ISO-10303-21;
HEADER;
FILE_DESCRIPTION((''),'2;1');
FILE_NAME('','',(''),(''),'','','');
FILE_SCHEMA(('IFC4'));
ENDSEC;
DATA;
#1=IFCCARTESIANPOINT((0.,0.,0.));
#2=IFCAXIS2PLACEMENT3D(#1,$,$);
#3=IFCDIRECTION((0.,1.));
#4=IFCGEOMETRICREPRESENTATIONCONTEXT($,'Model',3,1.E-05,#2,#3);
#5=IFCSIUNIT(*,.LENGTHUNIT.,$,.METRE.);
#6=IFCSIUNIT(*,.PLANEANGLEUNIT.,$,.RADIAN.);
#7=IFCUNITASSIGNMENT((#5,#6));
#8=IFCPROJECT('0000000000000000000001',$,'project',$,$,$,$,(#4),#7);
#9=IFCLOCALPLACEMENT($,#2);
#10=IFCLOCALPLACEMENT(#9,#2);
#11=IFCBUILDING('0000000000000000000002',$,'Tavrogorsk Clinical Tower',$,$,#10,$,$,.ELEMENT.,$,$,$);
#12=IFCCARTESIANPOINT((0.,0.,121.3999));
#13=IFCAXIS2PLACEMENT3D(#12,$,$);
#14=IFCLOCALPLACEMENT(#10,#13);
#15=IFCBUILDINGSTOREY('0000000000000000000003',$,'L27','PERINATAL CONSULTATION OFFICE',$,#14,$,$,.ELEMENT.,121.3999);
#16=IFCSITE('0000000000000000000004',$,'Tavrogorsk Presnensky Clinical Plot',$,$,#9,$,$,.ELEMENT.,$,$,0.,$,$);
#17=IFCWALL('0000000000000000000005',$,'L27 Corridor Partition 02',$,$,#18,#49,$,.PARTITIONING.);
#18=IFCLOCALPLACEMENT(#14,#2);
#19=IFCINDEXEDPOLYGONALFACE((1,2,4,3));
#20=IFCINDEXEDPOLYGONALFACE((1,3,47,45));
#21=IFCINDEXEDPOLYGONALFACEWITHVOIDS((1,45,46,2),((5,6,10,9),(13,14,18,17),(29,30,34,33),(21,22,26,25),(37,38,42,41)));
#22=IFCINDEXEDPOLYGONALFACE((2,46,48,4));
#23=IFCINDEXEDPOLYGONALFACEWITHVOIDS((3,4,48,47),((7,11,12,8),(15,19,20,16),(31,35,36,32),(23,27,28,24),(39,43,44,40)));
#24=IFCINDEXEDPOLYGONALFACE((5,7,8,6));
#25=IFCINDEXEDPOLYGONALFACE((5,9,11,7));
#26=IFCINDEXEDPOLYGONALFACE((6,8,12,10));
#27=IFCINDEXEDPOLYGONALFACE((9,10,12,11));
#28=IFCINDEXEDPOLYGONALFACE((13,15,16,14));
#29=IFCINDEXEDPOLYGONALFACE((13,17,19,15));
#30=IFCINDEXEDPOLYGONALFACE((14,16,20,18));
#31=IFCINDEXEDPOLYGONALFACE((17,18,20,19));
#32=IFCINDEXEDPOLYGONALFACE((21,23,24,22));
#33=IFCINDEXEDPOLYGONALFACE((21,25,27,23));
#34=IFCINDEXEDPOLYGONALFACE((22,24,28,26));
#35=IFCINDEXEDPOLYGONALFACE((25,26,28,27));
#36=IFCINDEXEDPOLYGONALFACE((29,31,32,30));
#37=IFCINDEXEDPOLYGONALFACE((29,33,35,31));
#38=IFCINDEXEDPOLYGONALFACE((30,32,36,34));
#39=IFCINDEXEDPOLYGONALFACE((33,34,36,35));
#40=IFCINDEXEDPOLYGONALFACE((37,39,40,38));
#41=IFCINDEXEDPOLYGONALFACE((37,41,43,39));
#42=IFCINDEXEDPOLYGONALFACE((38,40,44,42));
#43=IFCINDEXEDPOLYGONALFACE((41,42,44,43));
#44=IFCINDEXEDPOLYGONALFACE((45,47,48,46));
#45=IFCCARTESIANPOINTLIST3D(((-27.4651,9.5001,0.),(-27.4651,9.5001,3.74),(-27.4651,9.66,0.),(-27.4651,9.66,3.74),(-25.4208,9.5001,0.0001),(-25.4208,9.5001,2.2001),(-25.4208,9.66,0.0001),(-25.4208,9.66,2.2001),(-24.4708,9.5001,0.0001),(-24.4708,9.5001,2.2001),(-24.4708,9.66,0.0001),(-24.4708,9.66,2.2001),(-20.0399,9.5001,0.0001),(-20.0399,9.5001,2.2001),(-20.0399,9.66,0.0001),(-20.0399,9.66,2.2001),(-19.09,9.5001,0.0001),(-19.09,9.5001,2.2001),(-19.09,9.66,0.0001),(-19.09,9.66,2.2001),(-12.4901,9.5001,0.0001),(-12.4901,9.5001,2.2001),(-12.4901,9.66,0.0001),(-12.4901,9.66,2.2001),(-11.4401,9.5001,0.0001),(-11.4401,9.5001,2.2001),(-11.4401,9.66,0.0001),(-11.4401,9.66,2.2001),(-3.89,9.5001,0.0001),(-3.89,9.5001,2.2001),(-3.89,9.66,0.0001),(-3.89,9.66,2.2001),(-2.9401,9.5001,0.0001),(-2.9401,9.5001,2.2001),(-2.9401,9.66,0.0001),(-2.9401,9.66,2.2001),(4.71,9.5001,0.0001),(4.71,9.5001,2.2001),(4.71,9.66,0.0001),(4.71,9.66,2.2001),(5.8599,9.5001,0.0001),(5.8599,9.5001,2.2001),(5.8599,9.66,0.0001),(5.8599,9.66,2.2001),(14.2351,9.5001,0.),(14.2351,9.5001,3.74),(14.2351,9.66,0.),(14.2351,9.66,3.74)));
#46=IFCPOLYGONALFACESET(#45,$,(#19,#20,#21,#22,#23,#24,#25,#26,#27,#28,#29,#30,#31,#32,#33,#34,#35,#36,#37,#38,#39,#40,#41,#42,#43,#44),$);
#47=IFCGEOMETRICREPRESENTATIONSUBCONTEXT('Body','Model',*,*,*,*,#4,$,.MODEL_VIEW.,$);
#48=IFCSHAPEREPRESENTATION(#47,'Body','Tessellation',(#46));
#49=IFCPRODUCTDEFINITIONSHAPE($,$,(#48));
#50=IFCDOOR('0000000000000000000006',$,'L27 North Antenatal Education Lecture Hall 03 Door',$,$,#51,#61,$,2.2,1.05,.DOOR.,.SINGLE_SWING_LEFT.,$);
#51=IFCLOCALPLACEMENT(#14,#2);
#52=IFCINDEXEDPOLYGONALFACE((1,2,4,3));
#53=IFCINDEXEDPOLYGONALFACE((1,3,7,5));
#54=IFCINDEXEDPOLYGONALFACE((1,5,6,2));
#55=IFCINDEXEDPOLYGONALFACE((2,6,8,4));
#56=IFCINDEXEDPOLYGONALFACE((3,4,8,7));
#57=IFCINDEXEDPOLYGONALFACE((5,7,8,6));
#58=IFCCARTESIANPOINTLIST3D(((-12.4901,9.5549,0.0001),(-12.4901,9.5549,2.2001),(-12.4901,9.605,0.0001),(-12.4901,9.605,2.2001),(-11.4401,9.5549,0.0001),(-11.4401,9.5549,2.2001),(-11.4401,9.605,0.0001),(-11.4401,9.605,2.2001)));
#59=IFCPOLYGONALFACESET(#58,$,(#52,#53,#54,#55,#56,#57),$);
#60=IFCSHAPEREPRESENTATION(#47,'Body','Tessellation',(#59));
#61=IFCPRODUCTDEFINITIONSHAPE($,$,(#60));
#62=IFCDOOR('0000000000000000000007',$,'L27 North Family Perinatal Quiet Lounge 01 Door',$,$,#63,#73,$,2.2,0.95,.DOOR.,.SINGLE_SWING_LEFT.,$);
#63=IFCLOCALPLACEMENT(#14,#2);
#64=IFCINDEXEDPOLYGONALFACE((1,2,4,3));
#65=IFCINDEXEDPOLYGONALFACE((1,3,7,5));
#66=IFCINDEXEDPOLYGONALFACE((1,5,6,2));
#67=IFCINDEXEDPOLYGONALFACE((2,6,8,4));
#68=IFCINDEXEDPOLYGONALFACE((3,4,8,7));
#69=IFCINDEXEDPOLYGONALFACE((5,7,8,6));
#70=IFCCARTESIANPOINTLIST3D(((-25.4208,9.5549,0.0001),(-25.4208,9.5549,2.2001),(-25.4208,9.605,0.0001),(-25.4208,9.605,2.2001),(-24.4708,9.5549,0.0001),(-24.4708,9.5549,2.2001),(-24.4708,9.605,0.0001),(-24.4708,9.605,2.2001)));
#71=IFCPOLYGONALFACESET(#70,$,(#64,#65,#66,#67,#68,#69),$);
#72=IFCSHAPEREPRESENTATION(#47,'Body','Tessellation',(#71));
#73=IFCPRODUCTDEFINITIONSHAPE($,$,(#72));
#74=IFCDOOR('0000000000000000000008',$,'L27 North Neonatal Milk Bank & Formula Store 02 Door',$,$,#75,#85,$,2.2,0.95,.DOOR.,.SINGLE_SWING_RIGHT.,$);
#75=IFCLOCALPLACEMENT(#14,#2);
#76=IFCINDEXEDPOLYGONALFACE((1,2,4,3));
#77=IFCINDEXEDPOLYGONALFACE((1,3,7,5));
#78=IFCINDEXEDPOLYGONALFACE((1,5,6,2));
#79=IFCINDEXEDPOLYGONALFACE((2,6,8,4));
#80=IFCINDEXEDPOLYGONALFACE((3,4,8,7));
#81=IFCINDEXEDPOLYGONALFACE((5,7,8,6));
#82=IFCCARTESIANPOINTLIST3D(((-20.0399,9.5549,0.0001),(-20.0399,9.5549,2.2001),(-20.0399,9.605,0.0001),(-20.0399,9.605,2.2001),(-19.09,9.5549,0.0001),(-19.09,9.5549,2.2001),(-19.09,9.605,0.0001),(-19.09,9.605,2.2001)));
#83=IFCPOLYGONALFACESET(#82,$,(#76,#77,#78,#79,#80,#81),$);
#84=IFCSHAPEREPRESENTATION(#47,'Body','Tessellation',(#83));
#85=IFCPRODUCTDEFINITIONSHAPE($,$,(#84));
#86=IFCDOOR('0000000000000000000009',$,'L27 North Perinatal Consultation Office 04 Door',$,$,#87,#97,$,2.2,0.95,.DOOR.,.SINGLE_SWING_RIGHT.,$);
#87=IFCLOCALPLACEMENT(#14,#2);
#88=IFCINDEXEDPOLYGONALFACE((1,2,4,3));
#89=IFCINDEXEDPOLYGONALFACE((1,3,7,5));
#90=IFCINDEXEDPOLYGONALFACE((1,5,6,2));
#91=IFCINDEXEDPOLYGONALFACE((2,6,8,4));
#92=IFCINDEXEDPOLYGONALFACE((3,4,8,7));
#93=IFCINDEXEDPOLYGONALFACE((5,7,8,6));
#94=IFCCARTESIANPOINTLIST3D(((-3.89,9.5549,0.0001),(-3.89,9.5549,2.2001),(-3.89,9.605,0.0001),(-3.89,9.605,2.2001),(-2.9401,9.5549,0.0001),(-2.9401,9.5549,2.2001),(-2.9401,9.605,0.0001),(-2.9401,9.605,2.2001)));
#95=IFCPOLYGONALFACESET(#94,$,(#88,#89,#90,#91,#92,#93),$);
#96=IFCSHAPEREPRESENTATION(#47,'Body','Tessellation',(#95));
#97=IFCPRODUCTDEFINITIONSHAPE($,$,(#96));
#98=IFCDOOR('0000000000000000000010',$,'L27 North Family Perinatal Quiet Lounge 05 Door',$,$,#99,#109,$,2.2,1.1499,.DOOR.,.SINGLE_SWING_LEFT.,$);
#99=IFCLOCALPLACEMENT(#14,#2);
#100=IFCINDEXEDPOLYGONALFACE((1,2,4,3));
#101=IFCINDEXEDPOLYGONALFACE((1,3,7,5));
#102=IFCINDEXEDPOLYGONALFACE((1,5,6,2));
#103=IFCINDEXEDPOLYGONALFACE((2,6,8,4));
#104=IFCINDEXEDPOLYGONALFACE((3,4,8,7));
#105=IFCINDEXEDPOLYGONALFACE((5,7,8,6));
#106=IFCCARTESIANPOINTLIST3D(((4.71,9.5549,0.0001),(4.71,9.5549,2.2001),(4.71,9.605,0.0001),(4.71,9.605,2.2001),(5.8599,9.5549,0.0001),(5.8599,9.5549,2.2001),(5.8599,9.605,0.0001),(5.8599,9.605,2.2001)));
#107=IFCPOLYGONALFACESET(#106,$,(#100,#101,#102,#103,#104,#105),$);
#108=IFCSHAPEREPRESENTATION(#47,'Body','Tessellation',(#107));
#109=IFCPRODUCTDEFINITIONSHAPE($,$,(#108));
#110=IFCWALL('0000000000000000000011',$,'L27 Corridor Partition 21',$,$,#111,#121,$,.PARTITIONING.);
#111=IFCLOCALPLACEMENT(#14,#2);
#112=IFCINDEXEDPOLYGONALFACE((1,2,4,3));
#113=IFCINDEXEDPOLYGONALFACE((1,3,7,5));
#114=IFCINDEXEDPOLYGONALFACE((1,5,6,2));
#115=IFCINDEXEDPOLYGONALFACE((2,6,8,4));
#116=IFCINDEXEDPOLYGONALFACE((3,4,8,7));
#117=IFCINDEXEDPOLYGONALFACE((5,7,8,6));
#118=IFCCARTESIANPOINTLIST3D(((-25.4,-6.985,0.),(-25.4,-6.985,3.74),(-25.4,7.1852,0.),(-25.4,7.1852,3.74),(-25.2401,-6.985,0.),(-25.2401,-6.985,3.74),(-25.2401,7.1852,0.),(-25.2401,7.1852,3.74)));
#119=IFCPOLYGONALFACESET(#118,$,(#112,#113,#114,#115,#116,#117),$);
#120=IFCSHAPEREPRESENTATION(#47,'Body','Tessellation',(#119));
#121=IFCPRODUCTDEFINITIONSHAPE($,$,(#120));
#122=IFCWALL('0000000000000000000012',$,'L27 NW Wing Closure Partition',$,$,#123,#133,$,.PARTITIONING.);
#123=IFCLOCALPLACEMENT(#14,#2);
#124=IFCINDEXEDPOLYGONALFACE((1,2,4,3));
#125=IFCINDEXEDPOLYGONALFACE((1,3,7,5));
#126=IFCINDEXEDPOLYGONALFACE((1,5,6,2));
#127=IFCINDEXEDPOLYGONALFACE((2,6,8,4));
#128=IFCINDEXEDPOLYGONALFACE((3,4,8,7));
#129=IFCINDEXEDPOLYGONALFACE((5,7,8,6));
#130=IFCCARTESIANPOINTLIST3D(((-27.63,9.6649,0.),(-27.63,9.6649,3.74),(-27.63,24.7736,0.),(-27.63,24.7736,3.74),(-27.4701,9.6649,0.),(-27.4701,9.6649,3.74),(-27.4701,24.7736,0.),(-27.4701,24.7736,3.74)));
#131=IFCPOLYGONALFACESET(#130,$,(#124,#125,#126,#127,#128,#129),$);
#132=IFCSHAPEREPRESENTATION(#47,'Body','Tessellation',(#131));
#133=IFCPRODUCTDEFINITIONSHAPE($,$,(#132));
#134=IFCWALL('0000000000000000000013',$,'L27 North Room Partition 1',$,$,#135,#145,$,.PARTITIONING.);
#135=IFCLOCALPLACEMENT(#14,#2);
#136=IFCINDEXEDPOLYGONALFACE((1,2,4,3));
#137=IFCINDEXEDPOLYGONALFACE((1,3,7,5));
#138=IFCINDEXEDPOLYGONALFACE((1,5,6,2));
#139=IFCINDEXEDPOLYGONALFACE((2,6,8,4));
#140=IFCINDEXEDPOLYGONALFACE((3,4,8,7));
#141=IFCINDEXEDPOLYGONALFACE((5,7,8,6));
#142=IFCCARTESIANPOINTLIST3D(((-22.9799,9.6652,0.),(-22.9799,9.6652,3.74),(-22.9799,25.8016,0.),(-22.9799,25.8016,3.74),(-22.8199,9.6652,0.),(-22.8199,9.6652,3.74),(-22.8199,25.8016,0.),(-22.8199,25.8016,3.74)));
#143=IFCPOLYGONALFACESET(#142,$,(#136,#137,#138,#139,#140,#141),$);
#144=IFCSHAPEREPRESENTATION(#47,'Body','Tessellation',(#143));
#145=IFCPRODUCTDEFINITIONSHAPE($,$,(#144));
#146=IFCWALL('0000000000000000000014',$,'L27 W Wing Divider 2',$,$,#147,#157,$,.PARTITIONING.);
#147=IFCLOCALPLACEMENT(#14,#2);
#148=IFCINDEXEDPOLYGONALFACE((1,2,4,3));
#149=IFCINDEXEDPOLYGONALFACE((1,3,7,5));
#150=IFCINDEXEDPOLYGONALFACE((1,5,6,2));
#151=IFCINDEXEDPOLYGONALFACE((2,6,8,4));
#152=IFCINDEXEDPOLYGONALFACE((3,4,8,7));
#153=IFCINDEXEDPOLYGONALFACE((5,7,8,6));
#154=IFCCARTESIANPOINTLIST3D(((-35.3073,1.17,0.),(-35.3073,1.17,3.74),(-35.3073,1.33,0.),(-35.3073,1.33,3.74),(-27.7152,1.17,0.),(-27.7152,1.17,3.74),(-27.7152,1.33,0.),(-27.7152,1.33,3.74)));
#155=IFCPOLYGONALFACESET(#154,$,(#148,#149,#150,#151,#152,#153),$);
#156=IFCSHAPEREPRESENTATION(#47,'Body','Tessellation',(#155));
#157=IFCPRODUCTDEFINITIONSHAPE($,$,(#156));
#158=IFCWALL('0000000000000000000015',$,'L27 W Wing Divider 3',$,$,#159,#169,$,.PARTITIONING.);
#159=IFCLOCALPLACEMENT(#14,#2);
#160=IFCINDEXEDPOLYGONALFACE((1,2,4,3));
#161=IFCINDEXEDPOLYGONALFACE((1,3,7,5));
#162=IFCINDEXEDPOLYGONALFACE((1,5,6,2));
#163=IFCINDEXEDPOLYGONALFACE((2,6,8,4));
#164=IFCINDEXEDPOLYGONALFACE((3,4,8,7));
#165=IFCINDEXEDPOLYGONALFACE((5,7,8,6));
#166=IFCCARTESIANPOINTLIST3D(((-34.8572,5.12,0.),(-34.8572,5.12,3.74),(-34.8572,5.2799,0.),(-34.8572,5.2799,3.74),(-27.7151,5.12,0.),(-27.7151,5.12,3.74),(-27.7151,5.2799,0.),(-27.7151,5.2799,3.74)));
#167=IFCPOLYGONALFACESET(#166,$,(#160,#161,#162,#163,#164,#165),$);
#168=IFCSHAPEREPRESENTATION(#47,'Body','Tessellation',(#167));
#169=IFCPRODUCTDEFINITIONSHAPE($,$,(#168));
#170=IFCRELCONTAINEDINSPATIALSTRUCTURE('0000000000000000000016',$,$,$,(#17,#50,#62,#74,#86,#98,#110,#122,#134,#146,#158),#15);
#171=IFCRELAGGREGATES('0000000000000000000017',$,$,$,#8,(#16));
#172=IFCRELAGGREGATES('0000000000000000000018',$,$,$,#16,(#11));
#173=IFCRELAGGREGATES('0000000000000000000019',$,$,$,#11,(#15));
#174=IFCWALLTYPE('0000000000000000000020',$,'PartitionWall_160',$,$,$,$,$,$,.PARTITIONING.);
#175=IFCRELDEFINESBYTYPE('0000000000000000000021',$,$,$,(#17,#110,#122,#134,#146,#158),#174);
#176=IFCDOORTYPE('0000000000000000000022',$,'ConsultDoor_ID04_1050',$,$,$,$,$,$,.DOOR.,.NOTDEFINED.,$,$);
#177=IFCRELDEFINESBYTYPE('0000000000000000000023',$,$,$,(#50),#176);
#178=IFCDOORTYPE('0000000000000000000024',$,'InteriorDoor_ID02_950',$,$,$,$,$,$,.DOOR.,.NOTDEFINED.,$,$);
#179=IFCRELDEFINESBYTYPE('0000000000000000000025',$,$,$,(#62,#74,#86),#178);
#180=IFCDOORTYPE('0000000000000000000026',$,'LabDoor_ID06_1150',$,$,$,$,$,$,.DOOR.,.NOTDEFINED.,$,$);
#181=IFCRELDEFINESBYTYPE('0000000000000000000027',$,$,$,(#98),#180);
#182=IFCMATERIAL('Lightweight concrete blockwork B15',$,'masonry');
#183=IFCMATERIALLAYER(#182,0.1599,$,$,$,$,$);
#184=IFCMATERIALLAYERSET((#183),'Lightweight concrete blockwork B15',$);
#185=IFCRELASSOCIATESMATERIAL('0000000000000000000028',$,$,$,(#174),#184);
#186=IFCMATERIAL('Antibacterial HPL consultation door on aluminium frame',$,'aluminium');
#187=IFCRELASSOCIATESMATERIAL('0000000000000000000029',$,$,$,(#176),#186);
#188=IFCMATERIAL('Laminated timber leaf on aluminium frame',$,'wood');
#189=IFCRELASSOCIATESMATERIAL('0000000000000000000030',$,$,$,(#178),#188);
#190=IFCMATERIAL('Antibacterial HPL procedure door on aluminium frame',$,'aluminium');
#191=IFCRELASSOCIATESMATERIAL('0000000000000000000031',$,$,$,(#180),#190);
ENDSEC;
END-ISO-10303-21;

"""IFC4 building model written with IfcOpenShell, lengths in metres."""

from ifc_helpers import new_model, si_unit, direction, frame, frame_2d, origin, place, context, subcontext, project, spatial, rectangle, extrude, material, layer, layer_set, type_object, element, fill, save


model = new_model("IFC4")

# Units and contexts
model_context = context("Model", 3, precision=1e-05, world=origin(), true_north=direction((0.0, 1.0)))
body_context = subcontext(model_context, "Body", "Model", "MODEL_VIEW")
ifc_project = project(units=[si_unit("LENGTHUNIT", "METRE"), si_unit("PLANEANGLEUNIT", "RADIAN")], contexts=[model_context])

# Site, building, storey
site_placement = place(None, origin())
site = spatial("IfcSite", under=ifc_project, at=site_placement, Name="Tavrogorsk Presnensky Clinical Plot", CompositionType="ELEMENT", RefElevation=0.0)
building_placement = place(site_placement, origin())
building = spatial("IfcBuilding", under=site, at=building_placement, Name="Tavrogorsk Clinical Tower", CompositionType="ELEMENT")
storey_placement = place(building_placement, frame((0.0, 0.0, 121.3999)))
storey = spatial("IfcBuildingStorey", under=building, at=storey_placement, Name="L27", Description="PERINATAL CONSULTATION OFFICE", CompositionType="ELEMENT", Elevation=121.3999)

# Wall, openings, doors
ifc_material_1 = material(Name="Lightweight concrete blockwork B15", Category="masonry")
ifc_layer_1 = layer(ifc_material_1, 0.1599)
ifc_layer_set_1 = layer_set([ifc_layer_1], Name="Lightweight concrete blockwork B15")
wall_type_1 = type_object("IfcWallType", Name="PartitionWall_160", PredefinedType="PARTITIONING", material=ifc_layer_set_1)
wall_1_placement = place(storey_placement, frame((-27.4651, 9.5801, 0.0), z_axis=(0.0, 0.0, 1.0), x_axis=(1.0, 0.0, 0.0)))
wall_1 = element("IfcWall", 1, at=wall_1_placement, inside=storey, type_object=wall_type_1, Name="L27 Corridor Partition 02", PredefinedType="PARTITIONING", context=body_context, shape_type="SweptSolid", body=[
    extrude(rectangle(XDim=41.7002, YDim=0.1599, at=frame_2d((20.8501, 0.0))), origin(), (0.0, 0.0, 1.0), 3.74),
])
opening_1_placement = place(wall_1_placement, frame((2.0442, 0.0, 0.0)))
opening_1 = element("IfcOpeningElement", 2, at=opening_1_placement, cuts=wall_1, PredefinedType="OPENING", context=body_context, shape_type="SweptSolid", body=[
    extrude(rectangle(XDim=0.95, YDim=2.2, at=frame_2d((0.4751, 1.1001))), frame((0.0, 0.0898, 0.0), z_axis=(0.0, -1.0, 0.0), x_axis=(1.0, 0.0, 0.0)), (0.0, 0.0, 1.0), 0.1799),
])
opening_2_placement = place(wall_1_placement, frame((7.425, 0.0, 0.0)))
opening_2 = element("IfcOpeningElement", 3, at=opening_2_placement, cuts=wall_1, PredefinedType="OPENING", context=body_context, shape_type="SweptSolid", body=[
    extrude(rectangle(XDim=0.95, YDim=2.2, at=frame_2d((0.4751, 1.1001))), frame((0.0, 0.0898, 0.0), z_axis=(0.0, -1.0, 0.0), x_axis=(1.0, 0.0, 0.0)), (0.0, 0.0, 1.0), 0.1799),
])
opening_3_placement = place(wall_1_placement, frame((14.9751, 0.0, 0.0)))
opening_3 = element("IfcOpeningElement", 4, at=opening_3_placement, cuts=wall_1, PredefinedType="OPENING", context=body_context, shape_type="SweptSolid", body=[
    extrude(rectangle(XDim=1.05, YDim=2.2, at=frame_2d((0.5249, 1.1001))), frame((0.0, 0.0898, 0.0), z_axis=(0.0, -1.0, 0.0), x_axis=(1.0, 0.0, 0.0)), (0.0, 0.0, 1.0), 0.1799),
])
opening_4_placement = place(wall_1_placement, frame((23.575, 0.0, 0.0)))
opening_4 = element("IfcOpeningElement", 5, at=opening_4_placement, cuts=wall_1, PredefinedType="OPENING", context=body_context, shape_type="SweptSolid", body=[
    extrude(rectangle(XDim=0.95, YDim=2.2, at=frame_2d((0.4751, 1.1001))), frame((0.0, 0.0898, 0.0), z_axis=(0.0, -1.0, 0.0), x_axis=(1.0, 0.0, 0.0)), (0.0, 0.0, 1.0), 0.1799),
])
opening_5_placement = place(wall_1_placement, frame((32.175, 0.0, 0.0)))
opening_5 = element("IfcOpeningElement", 6, at=opening_5_placement, cuts=wall_1, PredefinedType="OPENING", context=body_context, shape_type="SweptSolid", body=[
    extrude(rectangle(XDim=1.1499, YDim=2.2, at=frame_2d((0.575, 1.1001))), frame((0.0, 0.0898, 0.0), z_axis=(0.0, -1.0, 0.0), x_axis=(1.0, 0.0, 0.0)), (0.0, 0.0, 1.0), 0.1799),
])
ifc_material_2 = material(Name="Antibacterial HPL consultation door on aluminium frame", Category="aluminium")
door_type_1 = type_object("IfcDoorType", Name="ConsultDoor_ID04_1050", OperationType="NOTDEFINED", PredefinedType="DOOR", material=ifc_material_2)
door_1_placement = place(opening_3_placement, origin())
door_1 = element("IfcDoor", 7, at=door_1_placement, inside=storey, type_object=door_type_1, Name="L27 North Antenatal Education Lecture Hall 03 Door", OperationType="SINGLE_SWING_LEFT", OverallHeight=2.2, OverallWidth=1.05, PredefinedType="DOOR", context=body_context, shape_type="SweptSolid", body=[
    extrude(rectangle(XDim=1.05, YDim=2.2, at=frame_2d((0.5249, 1.1001))), frame((0.0, 0.0249, 0.0), z_axis=(0.0, -1.0, 0.0), x_axis=(1.0, 0.0, 0.0)), (0.0, 0.0, 1.0), 0.05),
])
fill(opening_3, door_1)
ifc_material_3 = material(Name="Laminated timber leaf on aluminium frame", Category="wood")
door_type_2 = type_object("IfcDoorType", Name="InteriorDoor_ID02_950", OperationType="NOTDEFINED", PredefinedType="DOOR", material=ifc_material_3)
door_2_placement = place(opening_1_placement, origin())
door_2 = element("IfcDoor", 8, at=door_2_placement, inside=storey, type_object=door_type_2, Name="L27 North Family Perinatal Quiet Lounge 01 Door", OperationType="SINGLE_SWING_LEFT", OverallHeight=2.2, OverallWidth=0.95, PredefinedType="DOOR", context=body_context, shape_type="SweptSolid", body=[
    extrude(rectangle(XDim=0.95, YDim=2.2, at=frame_2d((0.4751, 1.1001))), frame((0.0, 0.0249, 0.0), z_axis=(0.0, -1.0, 0.0), x_axis=(1.0, 0.0, 0.0)), (0.0, 0.0, 1.0), 0.05),
])
fill(opening_1, door_2)
door_3_placement = place(opening_2_placement, origin())
door_3 = element("IfcDoor", 9, at=door_3_placement, inside=storey, type_object=door_type_2, Name="L27 North Neonatal Milk Bank & Formula Store 02 Door", OperationType="SINGLE_SWING_RIGHT", OverallHeight=2.2, OverallWidth=0.95, PredefinedType="DOOR", context=body_context, shape_type="SweptSolid", body=[
    extrude(rectangle(XDim=0.95, YDim=2.2, at=frame_2d((0.4751, 1.1001))), frame((0.0, 0.0249, 0.0), z_axis=(0.0, -1.0, 0.0), x_axis=(1.0, 0.0, 0.0)), (0.0, 0.0, 1.0), 0.05),
])
fill(opening_2, door_3)
door_4_placement = place(opening_4_placement, origin())
door_4 = element("IfcDoor", 10, at=door_4_placement, inside=storey, type_object=door_type_2, Name="L27 North Perinatal Consultation Office 04 Door", OperationType="SINGLE_SWING_RIGHT", OverallHeight=2.2, OverallWidth=0.95, PredefinedType="DOOR", context=body_context, shape_type="SweptSolid", body=[
    extrude(rectangle(XDim=0.95, YDim=2.2, at=frame_2d((0.4751, 1.1001))), frame((0.0, 0.0249, 0.0), z_axis=(0.0, -1.0, 0.0), x_axis=(1.0, 0.0, 0.0)), (0.0, 0.0, 1.0), 0.05),
])
fill(opening_4, door_4)
ifc_material_4 = material(Name="Antibacterial HPL procedure door on aluminium frame", Category="aluminium")
door_type_3 = type_object("IfcDoorType", Name="LabDoor_ID06_1150", OperationType="NOTDEFINED", PredefinedType="DOOR", material=ifc_material_4)
door_5_placement = place(opening_5_placement, origin())
door_5 = element("IfcDoor", 11, at=door_5_placement, inside=storey, type_object=door_type_3, Name="L27 North Family Perinatal Quiet Lounge 05 Door", OperationType="SINGLE_SWING_LEFT", OverallHeight=2.2, OverallWidth=1.1499, PredefinedType="DOOR", context=body_context, shape_type="SweptSolid", body=[
    extrude(rectangle(XDim=1.1499, YDim=2.2, at=frame_2d((0.575, 1.1001))), frame((0.0, 0.0249, 0.0), z_axis=(0.0, -1.0, 0.0), x_axis=(1.0, 0.0, 0.0)), (0.0, 0.0, 1.0), 0.05),
])
fill(opening_5, door_5)

# Walls
wall_2_placement = place(storey_placement, frame((-25.3201, 7.1851, 0.0), z_axis=(0.0, 0.0, 1.0), x_axis=(0.0, -1.0, 0.0)))
element("IfcWall", 12, at=wall_2_placement, inside=storey, type_object=wall_type_1, Name="L27 Corridor Partition 21", PredefinedType="PARTITIONING", context=body_context, shape_type="SweptSolid", body=[
    extrude(rectangle(XDim=14.1702, YDim=0.1599, at=frame_2d((7.085, 0.0))), origin(), (0.0, 0.0, 1.0), 3.74),
])
wall_3_placement = place(storey_placement, frame((-27.55, 9.665, 0.0), z_axis=(0.0, 0.0, 1.0), x_axis=(0.0, 1.0, 0.0)))
element("IfcWall", 13, at=wall_3_placement, inside=storey, type_object=wall_type_1, Name="L27 NW Wing Closure Partition", PredefinedType="PARTITIONING", context=body_context, shape_type="SweptSolid", body=[
    extrude(rectangle(XDim=15.1086, YDim=0.1599, at=frame_2d((7.5542, 0.0))), origin(), (0.0, 0.0, 1.0), 3.74),
])
wall_4_placement = place(storey_placement, frame((-22.8999, 9.665, 0.0), z_axis=(0.0, 0.0, 1.0), x_axis=(0.0, 1.0, 0.0)))
element("IfcWall", 14, at=wall_4_placement, inside=storey, type_object=wall_type_1, Name="L27 North Room Partition 1", PredefinedType="PARTITIONING", context=body_context, shape_type="SweptSolid", body=[
    extrude(rectangle(XDim=16.1365, YDim=0.1599, at=frame_2d((8.0684, 0.0))), origin(), (0.0, 0.0, 1.0), 3.74),
])
wall_5_placement = place(storey_placement, frame((-35.3071, 1.25, 0.0), z_axis=(0.0, 0.0, 1.0), x_axis=(1.0, 0.0, 0.0)))
element("IfcWall", 15, at=wall_5_placement, inside=storey, type_object=wall_type_1, Name="L27 W Wing Divider 2", PredefinedType="PARTITIONING", context=body_context, shape_type="SweptSolid", body=[
    extrude(rectangle(XDim=7.592, YDim=0.1599, at=frame_2d((3.7959, 0.0))), origin(), (0.0, 0.0, 1.0), 3.74),
])
wall_6_placement = place(storey_placement, frame((-34.8572, 5.2, 0.0), z_axis=(0.0, 0.0, 1.0), x_axis=(1.0, 0.0, 0.0)))
element("IfcWall", 16, at=wall_6_placement, inside=storey, type_object=wall_type_1, Name="L27 W Wing Divider 3", PredefinedType="PARTITIONING", context=body_context, shape_type="SweptSolid", body=[
    extrude(rectangle(XDim=7.1421, YDim=0.1599, at=frame_2d((3.571, 0.0))), origin(), (0.0, 0.0, 1.0), 3.74),
])

save(model, "model.ifc")
